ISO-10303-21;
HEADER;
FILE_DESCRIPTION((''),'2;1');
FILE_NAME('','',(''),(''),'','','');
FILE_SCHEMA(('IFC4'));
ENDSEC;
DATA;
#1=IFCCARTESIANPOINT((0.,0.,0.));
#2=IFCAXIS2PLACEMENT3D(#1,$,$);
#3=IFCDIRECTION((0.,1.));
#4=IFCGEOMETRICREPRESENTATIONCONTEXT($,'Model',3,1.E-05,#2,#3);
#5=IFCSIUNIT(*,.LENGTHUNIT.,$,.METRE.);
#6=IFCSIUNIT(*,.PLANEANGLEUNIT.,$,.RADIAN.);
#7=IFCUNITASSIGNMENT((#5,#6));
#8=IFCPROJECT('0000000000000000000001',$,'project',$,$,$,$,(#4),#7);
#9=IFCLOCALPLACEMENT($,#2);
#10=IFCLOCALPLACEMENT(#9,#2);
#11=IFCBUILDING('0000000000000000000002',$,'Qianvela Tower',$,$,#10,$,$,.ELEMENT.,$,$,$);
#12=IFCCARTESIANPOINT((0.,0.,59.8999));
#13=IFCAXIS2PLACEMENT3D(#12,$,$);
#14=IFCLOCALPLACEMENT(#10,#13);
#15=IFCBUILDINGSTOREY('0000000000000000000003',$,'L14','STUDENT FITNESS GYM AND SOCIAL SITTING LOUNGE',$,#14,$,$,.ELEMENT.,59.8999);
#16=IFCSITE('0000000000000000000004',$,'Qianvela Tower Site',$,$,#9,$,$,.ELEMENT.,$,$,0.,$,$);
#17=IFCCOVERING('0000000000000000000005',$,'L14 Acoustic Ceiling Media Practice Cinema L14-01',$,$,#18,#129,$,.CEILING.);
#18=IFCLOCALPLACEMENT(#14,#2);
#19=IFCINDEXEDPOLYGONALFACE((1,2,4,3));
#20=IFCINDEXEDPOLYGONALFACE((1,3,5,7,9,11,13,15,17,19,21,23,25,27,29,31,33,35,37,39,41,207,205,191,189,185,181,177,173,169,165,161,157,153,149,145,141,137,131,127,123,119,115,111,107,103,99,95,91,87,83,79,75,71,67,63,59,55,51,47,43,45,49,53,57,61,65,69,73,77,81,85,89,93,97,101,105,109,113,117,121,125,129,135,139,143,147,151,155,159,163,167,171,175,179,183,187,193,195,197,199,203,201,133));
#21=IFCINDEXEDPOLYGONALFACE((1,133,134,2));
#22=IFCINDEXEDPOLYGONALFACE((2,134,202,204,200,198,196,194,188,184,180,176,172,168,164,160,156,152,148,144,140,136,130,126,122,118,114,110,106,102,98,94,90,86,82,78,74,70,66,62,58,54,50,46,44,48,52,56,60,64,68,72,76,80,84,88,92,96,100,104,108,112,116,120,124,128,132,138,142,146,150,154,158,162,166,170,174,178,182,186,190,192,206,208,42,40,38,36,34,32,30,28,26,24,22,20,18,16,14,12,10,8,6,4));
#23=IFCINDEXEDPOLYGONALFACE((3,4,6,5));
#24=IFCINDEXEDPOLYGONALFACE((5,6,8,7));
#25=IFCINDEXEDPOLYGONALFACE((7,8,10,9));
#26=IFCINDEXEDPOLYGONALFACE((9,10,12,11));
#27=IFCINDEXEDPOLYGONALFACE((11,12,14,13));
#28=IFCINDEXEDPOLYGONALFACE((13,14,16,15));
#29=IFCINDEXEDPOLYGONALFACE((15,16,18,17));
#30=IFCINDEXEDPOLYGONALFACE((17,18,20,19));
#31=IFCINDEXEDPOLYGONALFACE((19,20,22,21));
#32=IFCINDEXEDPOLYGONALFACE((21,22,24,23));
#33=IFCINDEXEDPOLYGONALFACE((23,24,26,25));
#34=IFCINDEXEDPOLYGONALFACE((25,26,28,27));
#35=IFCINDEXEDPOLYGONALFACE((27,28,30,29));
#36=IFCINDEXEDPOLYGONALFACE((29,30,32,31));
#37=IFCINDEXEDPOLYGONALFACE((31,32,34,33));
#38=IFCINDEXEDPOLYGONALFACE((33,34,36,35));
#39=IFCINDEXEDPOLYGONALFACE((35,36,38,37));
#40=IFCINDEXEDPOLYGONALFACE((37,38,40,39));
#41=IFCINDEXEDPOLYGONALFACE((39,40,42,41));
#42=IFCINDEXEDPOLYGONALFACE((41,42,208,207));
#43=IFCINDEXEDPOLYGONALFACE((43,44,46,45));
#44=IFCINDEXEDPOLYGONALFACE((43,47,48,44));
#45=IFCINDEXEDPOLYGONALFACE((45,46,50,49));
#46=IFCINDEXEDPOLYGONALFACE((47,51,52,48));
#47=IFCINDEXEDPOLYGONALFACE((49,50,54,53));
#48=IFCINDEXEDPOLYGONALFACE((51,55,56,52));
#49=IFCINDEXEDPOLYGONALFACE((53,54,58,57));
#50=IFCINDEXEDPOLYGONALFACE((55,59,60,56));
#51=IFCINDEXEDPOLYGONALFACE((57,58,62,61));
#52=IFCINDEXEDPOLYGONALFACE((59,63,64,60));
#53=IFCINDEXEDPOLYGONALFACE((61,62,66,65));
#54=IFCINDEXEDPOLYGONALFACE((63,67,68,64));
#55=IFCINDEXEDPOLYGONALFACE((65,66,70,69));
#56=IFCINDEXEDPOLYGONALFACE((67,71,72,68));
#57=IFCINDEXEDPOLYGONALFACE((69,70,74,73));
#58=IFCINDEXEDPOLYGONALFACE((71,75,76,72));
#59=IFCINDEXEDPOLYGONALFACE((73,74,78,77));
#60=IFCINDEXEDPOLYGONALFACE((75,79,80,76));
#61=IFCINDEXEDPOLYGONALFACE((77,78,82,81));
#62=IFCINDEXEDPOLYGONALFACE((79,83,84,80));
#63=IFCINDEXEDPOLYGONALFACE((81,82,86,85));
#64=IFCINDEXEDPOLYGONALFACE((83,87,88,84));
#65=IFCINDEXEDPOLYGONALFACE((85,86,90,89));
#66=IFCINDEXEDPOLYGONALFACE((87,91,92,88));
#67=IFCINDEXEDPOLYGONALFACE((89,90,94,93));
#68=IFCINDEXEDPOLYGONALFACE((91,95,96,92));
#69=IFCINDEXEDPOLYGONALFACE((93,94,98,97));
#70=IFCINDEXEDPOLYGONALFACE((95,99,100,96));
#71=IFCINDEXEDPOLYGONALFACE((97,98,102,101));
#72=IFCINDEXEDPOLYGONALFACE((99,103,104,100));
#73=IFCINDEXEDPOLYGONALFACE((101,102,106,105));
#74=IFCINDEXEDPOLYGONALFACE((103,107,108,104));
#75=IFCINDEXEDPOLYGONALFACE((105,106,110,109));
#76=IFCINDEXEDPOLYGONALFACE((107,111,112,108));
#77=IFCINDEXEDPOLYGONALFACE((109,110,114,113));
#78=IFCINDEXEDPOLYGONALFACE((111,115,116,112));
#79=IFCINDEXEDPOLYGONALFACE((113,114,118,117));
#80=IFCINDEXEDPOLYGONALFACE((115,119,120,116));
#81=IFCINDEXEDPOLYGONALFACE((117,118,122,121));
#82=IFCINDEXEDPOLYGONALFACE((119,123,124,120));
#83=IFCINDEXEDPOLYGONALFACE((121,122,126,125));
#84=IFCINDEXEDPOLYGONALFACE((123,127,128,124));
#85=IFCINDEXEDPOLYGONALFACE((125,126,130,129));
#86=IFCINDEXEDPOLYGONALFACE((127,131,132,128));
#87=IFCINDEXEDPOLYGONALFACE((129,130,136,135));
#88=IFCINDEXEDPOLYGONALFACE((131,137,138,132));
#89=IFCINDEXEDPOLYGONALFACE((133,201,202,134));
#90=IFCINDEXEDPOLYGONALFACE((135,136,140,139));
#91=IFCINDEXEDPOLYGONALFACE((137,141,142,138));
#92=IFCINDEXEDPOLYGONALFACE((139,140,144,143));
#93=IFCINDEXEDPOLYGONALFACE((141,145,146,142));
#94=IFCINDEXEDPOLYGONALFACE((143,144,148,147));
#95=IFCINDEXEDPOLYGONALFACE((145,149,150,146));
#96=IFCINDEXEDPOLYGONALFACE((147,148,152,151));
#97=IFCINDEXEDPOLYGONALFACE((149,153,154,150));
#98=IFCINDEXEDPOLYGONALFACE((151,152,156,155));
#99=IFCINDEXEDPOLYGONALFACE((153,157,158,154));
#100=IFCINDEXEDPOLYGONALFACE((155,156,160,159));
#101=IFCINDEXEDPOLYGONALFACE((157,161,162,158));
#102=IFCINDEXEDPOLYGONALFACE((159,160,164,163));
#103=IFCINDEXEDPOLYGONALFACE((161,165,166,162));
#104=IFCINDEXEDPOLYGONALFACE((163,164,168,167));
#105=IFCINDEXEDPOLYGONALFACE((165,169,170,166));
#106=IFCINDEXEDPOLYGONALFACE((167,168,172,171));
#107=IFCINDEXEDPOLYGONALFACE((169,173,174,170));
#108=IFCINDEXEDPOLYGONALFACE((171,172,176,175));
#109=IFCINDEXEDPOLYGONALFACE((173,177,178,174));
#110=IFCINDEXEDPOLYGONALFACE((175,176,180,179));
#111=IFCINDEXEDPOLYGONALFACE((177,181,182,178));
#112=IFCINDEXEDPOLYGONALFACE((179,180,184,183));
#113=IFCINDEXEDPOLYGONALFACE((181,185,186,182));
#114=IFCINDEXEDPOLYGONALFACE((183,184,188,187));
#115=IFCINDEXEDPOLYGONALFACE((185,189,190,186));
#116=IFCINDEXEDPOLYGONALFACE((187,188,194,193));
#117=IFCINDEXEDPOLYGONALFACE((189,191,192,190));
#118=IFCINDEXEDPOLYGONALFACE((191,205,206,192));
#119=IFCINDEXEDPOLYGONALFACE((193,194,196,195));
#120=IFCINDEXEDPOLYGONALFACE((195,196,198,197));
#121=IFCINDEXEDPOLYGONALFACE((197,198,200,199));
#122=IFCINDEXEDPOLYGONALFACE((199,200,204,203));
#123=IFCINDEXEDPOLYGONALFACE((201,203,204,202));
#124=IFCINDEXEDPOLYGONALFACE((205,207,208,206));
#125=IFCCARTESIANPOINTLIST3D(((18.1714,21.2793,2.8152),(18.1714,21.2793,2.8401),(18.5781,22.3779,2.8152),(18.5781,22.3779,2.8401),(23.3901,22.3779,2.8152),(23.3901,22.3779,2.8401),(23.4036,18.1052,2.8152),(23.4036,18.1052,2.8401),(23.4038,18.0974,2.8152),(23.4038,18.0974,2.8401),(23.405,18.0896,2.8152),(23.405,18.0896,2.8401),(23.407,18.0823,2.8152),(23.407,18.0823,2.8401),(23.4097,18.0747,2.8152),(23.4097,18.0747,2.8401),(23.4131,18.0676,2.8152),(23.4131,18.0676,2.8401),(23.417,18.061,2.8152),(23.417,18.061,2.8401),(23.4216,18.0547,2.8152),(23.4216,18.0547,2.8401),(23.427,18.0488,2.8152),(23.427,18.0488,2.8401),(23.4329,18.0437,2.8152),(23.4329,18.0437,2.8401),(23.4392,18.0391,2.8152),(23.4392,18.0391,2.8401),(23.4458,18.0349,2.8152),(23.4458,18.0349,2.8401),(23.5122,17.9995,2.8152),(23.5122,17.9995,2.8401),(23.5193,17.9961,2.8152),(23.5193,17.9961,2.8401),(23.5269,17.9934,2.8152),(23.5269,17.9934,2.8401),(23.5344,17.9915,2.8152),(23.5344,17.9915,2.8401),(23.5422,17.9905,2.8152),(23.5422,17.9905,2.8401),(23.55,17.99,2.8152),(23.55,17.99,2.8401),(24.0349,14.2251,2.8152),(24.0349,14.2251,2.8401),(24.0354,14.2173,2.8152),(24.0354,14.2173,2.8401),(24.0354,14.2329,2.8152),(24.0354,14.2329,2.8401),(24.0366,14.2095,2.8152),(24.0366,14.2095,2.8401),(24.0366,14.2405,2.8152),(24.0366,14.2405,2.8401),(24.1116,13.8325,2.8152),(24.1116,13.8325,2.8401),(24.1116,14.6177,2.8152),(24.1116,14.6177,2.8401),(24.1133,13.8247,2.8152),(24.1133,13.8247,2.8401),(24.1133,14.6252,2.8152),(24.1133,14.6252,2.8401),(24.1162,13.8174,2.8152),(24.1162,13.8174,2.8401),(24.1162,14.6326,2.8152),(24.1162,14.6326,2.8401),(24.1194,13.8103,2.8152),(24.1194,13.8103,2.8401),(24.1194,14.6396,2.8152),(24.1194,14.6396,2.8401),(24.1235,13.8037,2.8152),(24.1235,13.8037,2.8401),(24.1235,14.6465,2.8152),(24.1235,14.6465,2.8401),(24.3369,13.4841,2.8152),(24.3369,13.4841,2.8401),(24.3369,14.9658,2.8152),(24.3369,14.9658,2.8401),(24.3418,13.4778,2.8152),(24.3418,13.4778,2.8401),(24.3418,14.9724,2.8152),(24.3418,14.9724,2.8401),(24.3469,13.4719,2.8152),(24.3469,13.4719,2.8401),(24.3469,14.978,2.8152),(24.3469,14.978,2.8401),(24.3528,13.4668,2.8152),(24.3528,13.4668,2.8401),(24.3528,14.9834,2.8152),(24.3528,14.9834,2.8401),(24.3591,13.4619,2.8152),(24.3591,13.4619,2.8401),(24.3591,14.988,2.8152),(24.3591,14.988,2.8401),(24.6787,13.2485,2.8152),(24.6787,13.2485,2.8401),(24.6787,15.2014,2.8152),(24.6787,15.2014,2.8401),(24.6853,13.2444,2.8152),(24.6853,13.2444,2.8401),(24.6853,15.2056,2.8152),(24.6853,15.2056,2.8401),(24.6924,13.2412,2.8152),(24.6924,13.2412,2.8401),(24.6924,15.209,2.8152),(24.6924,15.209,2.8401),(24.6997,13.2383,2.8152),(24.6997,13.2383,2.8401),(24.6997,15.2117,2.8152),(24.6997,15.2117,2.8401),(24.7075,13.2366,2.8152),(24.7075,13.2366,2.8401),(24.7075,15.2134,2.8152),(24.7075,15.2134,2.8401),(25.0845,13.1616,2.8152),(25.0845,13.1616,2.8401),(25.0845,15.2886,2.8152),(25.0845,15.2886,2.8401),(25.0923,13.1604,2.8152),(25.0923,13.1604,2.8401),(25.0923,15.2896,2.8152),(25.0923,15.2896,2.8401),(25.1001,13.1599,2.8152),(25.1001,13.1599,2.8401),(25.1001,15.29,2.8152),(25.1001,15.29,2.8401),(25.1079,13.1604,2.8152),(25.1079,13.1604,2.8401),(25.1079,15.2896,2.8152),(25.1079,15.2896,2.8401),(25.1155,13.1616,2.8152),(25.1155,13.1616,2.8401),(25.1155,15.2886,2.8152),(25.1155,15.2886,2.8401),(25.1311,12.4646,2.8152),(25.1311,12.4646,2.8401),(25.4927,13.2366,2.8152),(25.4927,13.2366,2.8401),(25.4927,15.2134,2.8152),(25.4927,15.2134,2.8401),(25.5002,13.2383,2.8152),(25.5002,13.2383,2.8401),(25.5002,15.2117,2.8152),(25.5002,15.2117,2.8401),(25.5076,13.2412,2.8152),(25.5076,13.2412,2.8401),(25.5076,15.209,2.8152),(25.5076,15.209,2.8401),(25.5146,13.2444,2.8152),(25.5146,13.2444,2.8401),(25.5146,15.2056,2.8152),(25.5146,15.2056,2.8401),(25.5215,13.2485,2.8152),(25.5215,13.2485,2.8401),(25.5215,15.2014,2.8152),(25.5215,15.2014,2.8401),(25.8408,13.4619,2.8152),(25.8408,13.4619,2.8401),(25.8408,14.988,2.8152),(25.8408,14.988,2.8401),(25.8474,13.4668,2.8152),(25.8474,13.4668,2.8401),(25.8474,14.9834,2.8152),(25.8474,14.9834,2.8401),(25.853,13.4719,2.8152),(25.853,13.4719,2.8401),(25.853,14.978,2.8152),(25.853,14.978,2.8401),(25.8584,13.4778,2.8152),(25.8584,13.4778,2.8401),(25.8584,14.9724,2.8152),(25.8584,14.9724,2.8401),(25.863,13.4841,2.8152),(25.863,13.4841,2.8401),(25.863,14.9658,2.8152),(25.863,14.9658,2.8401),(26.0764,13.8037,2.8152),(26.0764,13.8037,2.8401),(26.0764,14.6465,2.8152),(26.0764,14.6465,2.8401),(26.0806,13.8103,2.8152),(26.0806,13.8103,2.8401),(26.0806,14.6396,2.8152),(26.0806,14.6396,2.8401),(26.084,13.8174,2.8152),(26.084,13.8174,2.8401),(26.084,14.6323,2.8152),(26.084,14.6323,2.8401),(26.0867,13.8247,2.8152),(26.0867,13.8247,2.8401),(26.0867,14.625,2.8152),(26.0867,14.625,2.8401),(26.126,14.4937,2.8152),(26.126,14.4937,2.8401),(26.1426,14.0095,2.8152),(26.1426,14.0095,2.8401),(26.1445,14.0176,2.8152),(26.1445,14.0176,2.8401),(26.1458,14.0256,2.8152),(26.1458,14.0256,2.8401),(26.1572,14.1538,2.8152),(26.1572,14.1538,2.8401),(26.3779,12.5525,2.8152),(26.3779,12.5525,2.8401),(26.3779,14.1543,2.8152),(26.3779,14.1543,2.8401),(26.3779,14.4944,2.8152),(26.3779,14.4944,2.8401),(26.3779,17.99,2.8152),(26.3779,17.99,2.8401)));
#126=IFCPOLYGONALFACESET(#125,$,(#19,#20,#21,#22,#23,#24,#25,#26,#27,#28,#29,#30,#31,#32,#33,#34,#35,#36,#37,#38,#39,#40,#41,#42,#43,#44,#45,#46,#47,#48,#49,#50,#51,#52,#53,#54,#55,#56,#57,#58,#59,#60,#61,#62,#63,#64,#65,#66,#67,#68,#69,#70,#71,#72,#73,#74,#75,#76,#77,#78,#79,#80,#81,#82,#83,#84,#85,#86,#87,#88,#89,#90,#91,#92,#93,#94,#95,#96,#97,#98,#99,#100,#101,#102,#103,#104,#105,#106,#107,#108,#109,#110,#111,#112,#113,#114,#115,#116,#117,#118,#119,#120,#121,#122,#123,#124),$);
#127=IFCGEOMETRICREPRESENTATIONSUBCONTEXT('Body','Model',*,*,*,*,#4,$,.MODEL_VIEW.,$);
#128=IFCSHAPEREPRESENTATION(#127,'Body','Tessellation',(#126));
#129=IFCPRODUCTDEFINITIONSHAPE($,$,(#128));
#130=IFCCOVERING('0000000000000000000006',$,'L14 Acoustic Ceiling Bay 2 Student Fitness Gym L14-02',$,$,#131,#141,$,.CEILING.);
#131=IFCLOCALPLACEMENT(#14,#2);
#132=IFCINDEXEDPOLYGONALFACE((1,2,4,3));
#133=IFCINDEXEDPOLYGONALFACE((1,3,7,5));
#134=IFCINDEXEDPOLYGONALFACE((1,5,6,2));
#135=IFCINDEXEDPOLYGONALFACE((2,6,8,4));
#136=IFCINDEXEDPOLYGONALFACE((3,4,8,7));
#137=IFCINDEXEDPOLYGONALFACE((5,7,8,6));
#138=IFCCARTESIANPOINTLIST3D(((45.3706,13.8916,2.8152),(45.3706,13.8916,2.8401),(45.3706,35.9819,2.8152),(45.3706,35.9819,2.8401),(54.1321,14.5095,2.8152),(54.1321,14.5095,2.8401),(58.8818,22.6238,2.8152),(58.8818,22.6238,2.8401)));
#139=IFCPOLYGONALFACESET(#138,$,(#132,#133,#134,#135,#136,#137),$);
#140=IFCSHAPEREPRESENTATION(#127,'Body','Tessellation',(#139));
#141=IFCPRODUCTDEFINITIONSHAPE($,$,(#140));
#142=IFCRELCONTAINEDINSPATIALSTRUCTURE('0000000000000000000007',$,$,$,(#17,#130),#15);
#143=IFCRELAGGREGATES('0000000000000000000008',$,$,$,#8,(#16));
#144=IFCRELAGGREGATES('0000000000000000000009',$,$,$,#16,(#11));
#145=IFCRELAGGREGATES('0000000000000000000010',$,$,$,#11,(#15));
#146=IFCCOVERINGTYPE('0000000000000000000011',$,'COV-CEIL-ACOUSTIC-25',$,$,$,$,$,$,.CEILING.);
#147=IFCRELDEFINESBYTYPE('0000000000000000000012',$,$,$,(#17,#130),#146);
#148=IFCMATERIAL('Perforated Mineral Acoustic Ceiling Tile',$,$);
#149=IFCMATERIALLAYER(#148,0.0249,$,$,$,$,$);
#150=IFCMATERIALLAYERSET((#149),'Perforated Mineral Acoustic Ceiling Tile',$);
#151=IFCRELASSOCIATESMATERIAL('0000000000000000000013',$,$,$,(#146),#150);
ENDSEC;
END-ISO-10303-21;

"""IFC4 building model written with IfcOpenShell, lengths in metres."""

from ifc_helpers import new_model, si_unit, direction, frame, origin, place, context, subcontext, project, spatial, polyline, outline, extrude, material, layer, layer_set, type_object, element, save


model = new_model("IFC4")

# Units and contexts
model_context = context("Model", 3, precision=1e-05, world=origin(), true_north=direction((0.0, 1.0)))
body_context = subcontext(model_context, "Body", "Model", "MODEL_VIEW")
ifc_project = project(units=[si_unit("LENGTHUNIT", "METRE"), si_unit("PLANEANGLEUNIT", "RADIAN")], contexts=[model_context])

# Site, building, storey
site_placement = place(None, origin())
site = spatial("IfcSite", under=ifc_project, at=site_placement, Name="Qianvela Tower Site", CompositionType="ELEMENT", RefElevation=0.0)
building_placement = place(site_placement, origin())
building = spatial("IfcBuilding", under=site, at=building_placement, Name="Qianvela Tower", CompositionType="ELEMENT")
storey_placement = place(building_placement, frame((0.0, 0.0, 59.8999)))
storey = spatial("IfcBuildingStorey", under=building, at=storey_placement, Name="L14", Description="STUDENT FITNESS GYM AND SOCIAL SITTING LOUNGE", CompositionType="ELEMENT", Elevation=59.8999)

# Coverings
ifc_material_1 = material(Name="Perforated Mineral Acoustic Ceiling Tile")
ifc_layer_1 = layer(ifc_material_1, 0.0249)
ifc_layer_set_1 = layer_set([ifc_layer_1], Name="Perforated Mineral Acoustic Ceiling Tile")
covering_type_1 = type_object("IfcCoveringType", Name="COV-CEIL-ACOUSTIC-25", PredefinedType="CEILING", material=ifc_layer_set_1)
covering_1_placement = place(storey_placement, frame((0.0, 0.0, 2.8152)))
element("IfcCovering", 1, at=covering_1_placement, inside=storey, type_object=covering_type_1, Name="L14 Acoustic Ceiling Media Practice Cinema L14-01", PredefinedType="CEILING", context=body_context, shape_type="SweptSolid", body=[
    extrude(outline(polyline([(23.4036, 18.1052), (23.4038, 18.0974), (23.405, 18.0896), (23.407, 18.0823), (23.4097, 18.0747), (23.4131, 18.0676), (23.417, 18.061), (23.4216, 18.0547), (23.427, 18.0488), (23.4329, 18.0437), (23.4392, 18.0391), (23.4458, 18.0349), (23.5122, 17.9995), (23.5193, 17.9961), (23.5269, 17.9934), (23.5344, 17.9915), (23.5422, 17.9905), (23.55, 17.99), (26.3779, 17.99), (26.3779, 14.4944), (26.126, 14.4937), (26.0867, 14.625), (26.084, 14.6323), (26.0806, 14.6396), (26.0764, 14.6465), (25.863, 14.9658), (25.8584, 14.9724), (25.853, 14.978), (25.8474, 14.9834), (25.8408, 14.988), (25.5215, 15.2014), (25.5146, 15.2056), (25.5076, 15.209), (25.5002, 15.2117), (25.4927, 15.2134), (25.1155, 15.2886), (25.1079, 15.2896), (25.1001, 15.29), (25.0923, 15.2896), (25.0845, 15.2886), (24.7075, 15.2134), (24.6997, 15.2117), (24.6924, 15.209), (24.6853, 15.2056), (24.6787, 15.2014), (24.3591, 14.988), (24.3528, 14.9834), (24.3469, 14.978), (24.3418, 14.9724), (24.3369, 14.9658), (24.1235, 14.6465), (24.1194, 14.6396), (24.1162, 14.6326), (24.1133, 14.6252), (24.1116, 14.6177), (24.0366, 14.2405), (24.0354, 14.2329), (24.0349, 14.2251), (24.0354, 14.2173), (24.0366, 14.2095), (24.1116, 13.8325), (24.1133, 13.8247), (24.1162, 13.8174), (24.1194, 13.8103), (24.1235, 13.8037), (24.3369, 13.4841), (24.3418, 13.4778), (24.3469, 13.4719), (24.3528, 13.4668), (24.3591, 13.4619), (24.6787, 13.2485), (24.6853, 13.2444), (24.6924, 13.2412), (24.6997, 13.2383), (24.7075, 13.2366), (25.0845, 13.1616), (25.0923, 13.1604), (25.1001, 13.1599), (25.1079, 13.1604), (25.1155, 13.1616), (25.4927, 13.2366), (25.5002, 13.2383), (25.5076, 13.2412), (25.5146, 13.2444), (25.5215, 13.2485), (25.8408, 13.4619), (25.8474, 13.4668), (25.853, 13.4719), (25.8584, 13.4778), (25.863, 13.4841), (26.0764, 13.8037), (26.0806, 13.8103), (26.084, 13.8174), (26.0867, 13.8247), (26.1426, 14.0095), (26.1445, 14.0176), (26.1458, 14.0256), (26.1572, 14.1538), (26.3779, 14.1543), (26.3779, 12.5525), (25.1311, 12.4646), (18.1714, 21.2793), (18.5781, 22.3779), (23.3901, 22.3779), (23.4036, 18.1052)])), origin(), (0.0, 0.0, 1.0), 0.0249),
])
covering_2_placement = place(storey_placement, frame((0.0, 0.0, 2.8152)))
element("IfcCovering", 2, at=covering_2_placement, inside=storey, type_object=covering_type_1, Name="L14 Acoustic Ceiling Bay 2 Student Fitness Gym L14-02", PredefinedType="CEILING", context=body_context, shape_type="SweptSolid", body=[
    extrude(outline(polyline([(58.8818, 22.6238), (54.1321, 14.5095), (45.3706, 13.8916), (45.3706, 35.9819), (58.8818, 22.6238)])), origin(), (0.0, 0.0, 1.0), 0.0249),
])

save(model, "model.ifc")
